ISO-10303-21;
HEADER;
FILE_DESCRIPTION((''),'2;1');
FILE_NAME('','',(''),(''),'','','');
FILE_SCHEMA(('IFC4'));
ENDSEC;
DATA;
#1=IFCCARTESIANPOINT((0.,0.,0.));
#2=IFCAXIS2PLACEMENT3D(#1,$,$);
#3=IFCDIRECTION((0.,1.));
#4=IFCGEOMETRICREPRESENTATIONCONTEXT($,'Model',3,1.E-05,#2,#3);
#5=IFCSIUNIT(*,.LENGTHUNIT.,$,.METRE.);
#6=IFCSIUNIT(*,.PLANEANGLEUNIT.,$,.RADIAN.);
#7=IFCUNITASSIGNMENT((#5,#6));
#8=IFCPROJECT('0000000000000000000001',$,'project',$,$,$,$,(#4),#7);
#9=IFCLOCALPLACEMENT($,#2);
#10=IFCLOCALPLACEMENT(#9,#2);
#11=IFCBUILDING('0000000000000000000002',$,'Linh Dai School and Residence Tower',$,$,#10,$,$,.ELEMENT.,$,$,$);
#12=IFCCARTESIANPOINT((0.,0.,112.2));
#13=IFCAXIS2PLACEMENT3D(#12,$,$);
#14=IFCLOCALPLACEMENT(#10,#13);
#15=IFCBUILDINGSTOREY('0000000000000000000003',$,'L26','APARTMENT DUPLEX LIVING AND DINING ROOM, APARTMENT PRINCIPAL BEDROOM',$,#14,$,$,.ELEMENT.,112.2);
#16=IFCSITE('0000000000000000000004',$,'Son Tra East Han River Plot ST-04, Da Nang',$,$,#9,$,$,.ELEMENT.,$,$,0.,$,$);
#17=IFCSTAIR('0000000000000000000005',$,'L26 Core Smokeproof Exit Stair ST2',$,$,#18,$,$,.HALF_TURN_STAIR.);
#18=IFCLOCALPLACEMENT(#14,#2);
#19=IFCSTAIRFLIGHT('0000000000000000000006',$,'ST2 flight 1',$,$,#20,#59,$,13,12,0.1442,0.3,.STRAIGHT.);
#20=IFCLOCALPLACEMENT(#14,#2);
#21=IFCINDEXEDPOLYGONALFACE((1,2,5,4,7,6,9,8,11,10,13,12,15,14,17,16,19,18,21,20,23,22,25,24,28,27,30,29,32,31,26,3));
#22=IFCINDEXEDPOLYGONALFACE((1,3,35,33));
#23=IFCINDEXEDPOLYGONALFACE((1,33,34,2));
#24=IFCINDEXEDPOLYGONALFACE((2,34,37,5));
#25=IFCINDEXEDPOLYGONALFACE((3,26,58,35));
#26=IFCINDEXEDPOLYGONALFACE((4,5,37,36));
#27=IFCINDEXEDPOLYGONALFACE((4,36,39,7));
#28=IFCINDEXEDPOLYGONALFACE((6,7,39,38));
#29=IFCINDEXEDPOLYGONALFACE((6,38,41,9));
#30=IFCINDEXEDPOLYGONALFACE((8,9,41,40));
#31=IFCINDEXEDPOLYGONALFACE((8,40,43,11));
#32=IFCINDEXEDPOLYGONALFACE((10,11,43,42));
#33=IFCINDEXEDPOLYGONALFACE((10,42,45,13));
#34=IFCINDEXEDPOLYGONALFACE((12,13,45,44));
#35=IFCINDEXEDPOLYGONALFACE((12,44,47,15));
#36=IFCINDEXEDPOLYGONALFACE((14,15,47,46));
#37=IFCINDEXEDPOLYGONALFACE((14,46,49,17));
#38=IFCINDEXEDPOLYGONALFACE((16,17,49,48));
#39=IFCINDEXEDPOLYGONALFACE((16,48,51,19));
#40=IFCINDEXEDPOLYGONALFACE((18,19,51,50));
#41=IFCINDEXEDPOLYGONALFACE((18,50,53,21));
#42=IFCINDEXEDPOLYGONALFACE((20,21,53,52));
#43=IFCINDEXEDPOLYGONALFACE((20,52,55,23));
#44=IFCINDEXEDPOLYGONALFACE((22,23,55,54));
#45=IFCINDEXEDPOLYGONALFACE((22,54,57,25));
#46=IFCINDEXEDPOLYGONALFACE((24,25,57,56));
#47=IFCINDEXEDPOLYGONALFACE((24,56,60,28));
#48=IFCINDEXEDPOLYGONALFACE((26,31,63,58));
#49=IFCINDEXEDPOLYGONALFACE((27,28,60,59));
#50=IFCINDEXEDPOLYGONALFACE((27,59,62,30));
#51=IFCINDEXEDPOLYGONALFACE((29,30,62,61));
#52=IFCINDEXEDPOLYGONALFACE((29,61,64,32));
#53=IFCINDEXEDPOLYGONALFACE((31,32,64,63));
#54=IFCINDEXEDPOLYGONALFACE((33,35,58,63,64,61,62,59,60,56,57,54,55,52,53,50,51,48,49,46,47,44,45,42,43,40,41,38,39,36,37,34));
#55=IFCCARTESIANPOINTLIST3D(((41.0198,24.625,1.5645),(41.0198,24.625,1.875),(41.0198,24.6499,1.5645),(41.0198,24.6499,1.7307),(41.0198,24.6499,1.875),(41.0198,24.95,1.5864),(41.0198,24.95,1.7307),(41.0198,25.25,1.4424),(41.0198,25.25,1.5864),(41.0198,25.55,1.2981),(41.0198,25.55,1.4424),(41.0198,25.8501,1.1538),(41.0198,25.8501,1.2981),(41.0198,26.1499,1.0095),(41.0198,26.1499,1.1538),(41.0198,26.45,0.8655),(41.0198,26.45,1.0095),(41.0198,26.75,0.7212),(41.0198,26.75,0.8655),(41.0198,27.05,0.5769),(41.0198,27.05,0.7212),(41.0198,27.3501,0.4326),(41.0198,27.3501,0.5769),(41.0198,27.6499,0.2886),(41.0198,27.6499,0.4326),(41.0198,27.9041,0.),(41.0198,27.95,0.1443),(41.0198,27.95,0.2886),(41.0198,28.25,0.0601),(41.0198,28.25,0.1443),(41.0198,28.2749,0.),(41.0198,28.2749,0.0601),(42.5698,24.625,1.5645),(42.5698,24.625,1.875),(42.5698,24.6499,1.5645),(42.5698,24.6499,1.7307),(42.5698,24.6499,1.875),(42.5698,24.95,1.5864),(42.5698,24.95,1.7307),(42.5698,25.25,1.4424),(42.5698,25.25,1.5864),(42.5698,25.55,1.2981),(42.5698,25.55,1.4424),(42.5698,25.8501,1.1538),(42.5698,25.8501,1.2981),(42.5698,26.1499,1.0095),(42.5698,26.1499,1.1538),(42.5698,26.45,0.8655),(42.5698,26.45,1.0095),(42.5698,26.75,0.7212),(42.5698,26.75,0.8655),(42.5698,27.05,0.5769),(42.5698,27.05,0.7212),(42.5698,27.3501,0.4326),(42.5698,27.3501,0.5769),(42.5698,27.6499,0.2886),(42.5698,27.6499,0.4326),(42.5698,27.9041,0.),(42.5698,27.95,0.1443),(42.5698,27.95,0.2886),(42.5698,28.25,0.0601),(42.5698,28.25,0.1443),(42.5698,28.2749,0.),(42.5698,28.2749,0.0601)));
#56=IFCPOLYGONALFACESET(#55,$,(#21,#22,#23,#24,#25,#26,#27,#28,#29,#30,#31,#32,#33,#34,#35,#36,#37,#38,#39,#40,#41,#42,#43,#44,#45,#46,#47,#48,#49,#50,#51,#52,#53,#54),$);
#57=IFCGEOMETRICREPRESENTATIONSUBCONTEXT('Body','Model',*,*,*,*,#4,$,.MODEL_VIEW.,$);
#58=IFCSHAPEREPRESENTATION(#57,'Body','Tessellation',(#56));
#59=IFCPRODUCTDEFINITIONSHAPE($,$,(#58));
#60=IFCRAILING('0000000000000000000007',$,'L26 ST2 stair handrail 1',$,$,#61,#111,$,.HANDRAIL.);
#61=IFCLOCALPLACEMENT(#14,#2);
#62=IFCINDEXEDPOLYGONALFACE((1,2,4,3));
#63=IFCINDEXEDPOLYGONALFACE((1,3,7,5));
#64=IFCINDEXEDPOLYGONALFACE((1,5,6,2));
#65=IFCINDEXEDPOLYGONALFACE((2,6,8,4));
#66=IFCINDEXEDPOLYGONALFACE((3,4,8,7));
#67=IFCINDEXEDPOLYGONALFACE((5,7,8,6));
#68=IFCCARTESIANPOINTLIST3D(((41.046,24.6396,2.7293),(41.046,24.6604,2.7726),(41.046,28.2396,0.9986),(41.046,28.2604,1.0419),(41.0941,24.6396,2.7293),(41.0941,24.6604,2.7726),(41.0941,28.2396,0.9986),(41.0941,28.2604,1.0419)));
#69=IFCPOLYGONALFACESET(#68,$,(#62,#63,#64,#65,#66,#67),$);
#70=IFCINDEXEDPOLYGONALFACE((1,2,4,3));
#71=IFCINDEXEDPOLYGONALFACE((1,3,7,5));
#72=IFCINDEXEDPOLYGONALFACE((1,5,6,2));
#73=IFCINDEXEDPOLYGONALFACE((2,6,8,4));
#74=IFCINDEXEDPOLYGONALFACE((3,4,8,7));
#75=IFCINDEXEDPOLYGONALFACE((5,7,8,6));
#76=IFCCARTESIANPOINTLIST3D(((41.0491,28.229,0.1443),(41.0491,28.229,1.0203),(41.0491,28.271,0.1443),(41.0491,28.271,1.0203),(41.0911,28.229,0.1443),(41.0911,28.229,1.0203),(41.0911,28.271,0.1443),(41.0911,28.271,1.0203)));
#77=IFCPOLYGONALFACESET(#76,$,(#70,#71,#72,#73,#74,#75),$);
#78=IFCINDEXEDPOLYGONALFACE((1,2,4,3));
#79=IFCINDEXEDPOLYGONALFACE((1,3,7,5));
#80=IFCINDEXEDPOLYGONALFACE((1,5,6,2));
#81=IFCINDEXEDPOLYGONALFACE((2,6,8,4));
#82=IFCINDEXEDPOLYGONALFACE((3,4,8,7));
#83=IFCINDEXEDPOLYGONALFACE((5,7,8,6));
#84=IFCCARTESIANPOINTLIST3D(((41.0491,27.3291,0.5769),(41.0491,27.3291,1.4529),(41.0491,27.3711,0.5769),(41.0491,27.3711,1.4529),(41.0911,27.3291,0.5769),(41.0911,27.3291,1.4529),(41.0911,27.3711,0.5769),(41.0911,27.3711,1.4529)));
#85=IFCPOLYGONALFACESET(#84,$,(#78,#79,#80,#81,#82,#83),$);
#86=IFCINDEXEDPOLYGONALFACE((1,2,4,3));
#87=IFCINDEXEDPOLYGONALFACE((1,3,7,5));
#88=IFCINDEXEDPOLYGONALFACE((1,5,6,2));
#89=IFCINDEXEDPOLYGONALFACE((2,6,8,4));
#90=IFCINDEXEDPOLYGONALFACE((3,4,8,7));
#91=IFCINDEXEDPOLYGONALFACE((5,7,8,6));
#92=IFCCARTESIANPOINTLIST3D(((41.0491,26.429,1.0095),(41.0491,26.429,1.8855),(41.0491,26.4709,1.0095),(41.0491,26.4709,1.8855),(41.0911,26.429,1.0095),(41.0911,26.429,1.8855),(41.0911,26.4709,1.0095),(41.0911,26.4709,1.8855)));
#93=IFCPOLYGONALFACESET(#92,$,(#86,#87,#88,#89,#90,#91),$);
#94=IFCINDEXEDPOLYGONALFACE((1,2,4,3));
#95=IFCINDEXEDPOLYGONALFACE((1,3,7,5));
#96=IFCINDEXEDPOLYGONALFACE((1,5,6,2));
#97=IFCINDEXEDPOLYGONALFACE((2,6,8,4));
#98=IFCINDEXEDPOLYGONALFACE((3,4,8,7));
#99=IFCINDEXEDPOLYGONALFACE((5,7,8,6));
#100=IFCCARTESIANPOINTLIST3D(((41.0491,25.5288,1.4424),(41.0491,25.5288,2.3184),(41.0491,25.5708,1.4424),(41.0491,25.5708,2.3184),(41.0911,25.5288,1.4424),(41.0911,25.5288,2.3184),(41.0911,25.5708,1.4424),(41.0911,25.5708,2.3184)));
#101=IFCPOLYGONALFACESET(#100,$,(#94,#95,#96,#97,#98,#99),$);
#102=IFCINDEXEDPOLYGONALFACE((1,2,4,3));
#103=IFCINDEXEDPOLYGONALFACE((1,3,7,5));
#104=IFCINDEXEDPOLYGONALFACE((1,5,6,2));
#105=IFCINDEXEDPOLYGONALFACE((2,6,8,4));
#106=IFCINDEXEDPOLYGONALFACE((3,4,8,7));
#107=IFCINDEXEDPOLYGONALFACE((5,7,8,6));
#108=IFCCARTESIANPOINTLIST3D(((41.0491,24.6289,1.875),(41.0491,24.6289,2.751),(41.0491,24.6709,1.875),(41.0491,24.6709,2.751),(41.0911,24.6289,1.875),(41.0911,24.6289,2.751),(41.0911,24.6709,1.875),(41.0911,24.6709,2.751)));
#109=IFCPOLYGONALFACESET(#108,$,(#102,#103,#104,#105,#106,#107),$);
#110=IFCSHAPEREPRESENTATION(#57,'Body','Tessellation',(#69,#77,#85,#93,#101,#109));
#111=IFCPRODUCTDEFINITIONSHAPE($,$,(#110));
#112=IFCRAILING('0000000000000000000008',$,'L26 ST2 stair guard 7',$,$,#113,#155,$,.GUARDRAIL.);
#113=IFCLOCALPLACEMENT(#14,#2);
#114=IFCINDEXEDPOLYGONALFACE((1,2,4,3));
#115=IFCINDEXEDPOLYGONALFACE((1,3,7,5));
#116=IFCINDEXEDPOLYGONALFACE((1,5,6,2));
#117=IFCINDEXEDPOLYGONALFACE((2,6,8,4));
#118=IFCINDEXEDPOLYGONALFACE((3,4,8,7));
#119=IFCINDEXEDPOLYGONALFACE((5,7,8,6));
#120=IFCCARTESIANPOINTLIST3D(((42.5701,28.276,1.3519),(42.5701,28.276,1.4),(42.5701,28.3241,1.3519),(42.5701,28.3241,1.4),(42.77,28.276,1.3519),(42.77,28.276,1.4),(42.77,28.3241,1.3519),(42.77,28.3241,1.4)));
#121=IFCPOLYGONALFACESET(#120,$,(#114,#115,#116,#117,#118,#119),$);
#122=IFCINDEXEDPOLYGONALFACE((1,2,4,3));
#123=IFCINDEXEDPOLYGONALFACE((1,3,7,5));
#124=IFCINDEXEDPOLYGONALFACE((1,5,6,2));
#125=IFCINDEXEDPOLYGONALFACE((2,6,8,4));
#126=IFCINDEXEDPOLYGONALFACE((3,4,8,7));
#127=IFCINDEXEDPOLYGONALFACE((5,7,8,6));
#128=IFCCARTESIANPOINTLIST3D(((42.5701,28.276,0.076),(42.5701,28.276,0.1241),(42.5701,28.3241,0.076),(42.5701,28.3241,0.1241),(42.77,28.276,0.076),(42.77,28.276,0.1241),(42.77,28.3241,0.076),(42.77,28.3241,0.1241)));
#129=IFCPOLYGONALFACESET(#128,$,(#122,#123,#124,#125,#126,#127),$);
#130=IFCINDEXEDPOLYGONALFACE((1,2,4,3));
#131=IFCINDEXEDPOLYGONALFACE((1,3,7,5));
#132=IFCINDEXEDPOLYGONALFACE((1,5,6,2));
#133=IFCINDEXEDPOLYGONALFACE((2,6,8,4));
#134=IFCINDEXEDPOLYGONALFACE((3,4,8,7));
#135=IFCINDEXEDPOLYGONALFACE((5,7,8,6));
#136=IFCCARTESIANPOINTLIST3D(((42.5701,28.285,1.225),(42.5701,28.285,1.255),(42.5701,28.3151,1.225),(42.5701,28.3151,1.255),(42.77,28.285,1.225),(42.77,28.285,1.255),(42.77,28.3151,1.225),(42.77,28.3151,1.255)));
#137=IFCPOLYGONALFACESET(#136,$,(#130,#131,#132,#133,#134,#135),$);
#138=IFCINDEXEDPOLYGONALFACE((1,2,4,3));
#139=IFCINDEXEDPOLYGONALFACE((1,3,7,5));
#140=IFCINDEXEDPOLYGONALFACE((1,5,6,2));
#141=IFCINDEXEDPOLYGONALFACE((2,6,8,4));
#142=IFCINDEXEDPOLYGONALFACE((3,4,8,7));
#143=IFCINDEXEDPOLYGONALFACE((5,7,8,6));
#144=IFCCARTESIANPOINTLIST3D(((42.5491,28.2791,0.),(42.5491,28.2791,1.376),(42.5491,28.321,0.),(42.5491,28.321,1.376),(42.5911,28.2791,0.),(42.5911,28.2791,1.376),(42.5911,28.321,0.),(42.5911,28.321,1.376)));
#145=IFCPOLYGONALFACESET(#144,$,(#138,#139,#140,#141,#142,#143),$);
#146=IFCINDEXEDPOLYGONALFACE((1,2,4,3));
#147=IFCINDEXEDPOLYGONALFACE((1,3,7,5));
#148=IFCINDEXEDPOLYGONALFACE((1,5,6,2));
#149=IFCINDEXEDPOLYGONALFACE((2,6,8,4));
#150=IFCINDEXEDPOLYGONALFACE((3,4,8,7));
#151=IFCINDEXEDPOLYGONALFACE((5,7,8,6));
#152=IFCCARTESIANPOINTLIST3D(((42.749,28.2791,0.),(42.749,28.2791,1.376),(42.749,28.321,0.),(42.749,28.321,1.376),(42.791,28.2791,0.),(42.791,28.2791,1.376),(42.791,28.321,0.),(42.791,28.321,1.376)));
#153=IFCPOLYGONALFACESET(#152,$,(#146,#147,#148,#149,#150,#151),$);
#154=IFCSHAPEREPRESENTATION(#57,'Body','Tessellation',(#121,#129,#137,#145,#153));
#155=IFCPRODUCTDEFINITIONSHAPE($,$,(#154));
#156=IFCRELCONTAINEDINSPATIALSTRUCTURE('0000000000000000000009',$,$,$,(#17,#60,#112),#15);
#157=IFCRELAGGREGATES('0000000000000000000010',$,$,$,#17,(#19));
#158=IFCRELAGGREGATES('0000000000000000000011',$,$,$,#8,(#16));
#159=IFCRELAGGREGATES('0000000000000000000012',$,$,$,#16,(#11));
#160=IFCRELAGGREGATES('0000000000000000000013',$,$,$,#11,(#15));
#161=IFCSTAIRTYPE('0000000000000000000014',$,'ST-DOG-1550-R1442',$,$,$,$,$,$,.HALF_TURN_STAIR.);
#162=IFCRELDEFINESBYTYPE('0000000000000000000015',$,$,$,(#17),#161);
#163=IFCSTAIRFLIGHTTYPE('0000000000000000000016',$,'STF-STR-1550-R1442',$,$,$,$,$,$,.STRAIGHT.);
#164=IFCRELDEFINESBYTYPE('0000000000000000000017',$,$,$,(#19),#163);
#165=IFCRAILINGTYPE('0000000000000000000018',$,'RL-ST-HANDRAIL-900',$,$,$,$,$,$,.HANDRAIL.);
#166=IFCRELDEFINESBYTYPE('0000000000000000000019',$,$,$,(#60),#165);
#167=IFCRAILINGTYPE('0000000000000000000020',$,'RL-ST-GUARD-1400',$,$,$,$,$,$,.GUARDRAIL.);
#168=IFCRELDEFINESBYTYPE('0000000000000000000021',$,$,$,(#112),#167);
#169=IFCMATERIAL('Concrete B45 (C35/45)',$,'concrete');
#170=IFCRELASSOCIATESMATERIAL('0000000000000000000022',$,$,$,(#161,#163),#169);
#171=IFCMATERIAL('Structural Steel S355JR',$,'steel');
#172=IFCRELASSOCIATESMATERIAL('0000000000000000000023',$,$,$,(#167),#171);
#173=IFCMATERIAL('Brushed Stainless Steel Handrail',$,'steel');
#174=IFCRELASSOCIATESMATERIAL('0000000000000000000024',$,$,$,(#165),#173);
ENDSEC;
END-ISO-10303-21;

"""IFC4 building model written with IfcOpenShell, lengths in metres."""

from ifc_helpers import new_model, si_unit, direction, frame, origin, origin_2d, place, context, subcontext, project, spatial, polyline, rectangle, outline, extrude, source, transform, mapped, material, type_object, element, aggregate, save


model = new_model("IFC4")

# Units and contexts
model_context = context("Model", 3, precision=1e-05, world=origin(), true_north=direction((0.0, 1.0)))
body_context = subcontext(model_context, "Body", "Model", "MODEL_VIEW")
ifc_project = project(units=[si_unit("LENGTHUNIT", "METRE"), si_unit("PLANEANGLEUNIT", "RADIAN")], contexts=[model_context])

# Site, building, storey
site_placement = place(None, origin())
site = spatial("IfcSite", under=ifc_project, at=site_placement, Name="Son Tra East Han River Plot ST-04, Da Nang", CompositionType="ELEMENT", RefElevation=0.0)
building_placement = place(site_placement, origin())
building = spatial("IfcBuilding", under=site, at=building_placement, Name="Linh Dai School and Residence Tower", CompositionType="ELEMENT")
storey_placement = place(building_placement, frame((0.0, 0.0, 112.2)))
storey = spatial("IfcBuildingStorey", under=building, at=storey_placement, Name="L26", Description="APARTMENT DUPLEX LIVING AND DINING ROOM, APARTMENT PRINCIPAL BEDROOM", CompositionType="ELEMENT", Elevation=112.2)

# Shared definitions
ifc_material_1 = material(Name="Structural Steel S355JR", Category="steel")

# Shared definitions
ifc_material_2 = material(Name="Concrete B45 (C35/45)", Category="concrete")

# Stair, stair flight
stair_type = type_object("IfcStairType", Name="ST-DOG-1550-R1442", PredefinedType="HALF_TURN_STAIR", material=ifc_material_2)
stair_placement = place(storey_placement, origin())
stair = element("IfcStair", 1, at=stair_placement, inside=storey, type_object=stair_type, Name="L26 Core Smokeproof Exit Stair ST2", PredefinedType="HALF_TURN_STAIR")
stair_flight_type = type_object("IfcStairFlightType", Name="STF-STR-1550-R1442", PredefinedType="STRAIGHT", material=ifc_material_2)
shared_shape_1 = source(origin(), body_context, "Body", "SweptSolid", [
    extrude(outline(polyline([(-0.0249, 0.0), (-0.0249, 0.0601), (0.0, 0.0601), (0.0, 0.1443), (0.3, 0.1443), (0.3, 0.2886), (0.6001, 0.2886), (0.6001, 0.4326), (0.8999, 0.4326), (0.8999, 0.5769), (1.2, 0.5769), (1.2, 0.7212), (1.5, 0.7212), (1.5, 0.8655), (1.8, 0.8655), (1.8, 1.0095), (2.1001, 1.0095), (2.1001, 1.1538), (2.3999, 1.1538), (2.3999, 1.2981), (2.7, 1.2981), (2.7, 1.4424), (3.0, 1.4424), (3.0, 1.5864), (3.3, 1.5864), (3.3, 1.7307), (3.6001, 1.7307), (3.6001, 1.875), (3.625, 1.875), (3.625, 1.5645), (3.6001, 1.5645), (0.3459, 0.0), (-0.0249, 0.0)])), frame((0.0, 0.7749, 0.0), z_axis=(0.0, -1.0, 0.0), x_axis=(1.0, 0.0, 0.0)), (0.0, 0.0, 1.0), 1.55),
])
stair_flight_placement = place(storey_placement, frame((41.7949, 28.25, 0.0), z_axis=(0.0, 0.0, 1.0), x_axis=(0.0, -1.0, 0.0)))
stair_flight = element("IfcStairFlight", 2, at=stair_flight_placement, type_object=stair_flight_type, Name="ST2 flight 1", NumberOfRisers=13, NumberOfTreads=12, PredefinedType="STRAIGHT", RiserHeight=0.1442, TreadLength=0.3, context=body_context, shape_type="MappedRepresentation", body=[
    mapped(shared_shape_1, transform((0.0, 0.0, 0.0), x_axis=(1.0, 0.0, 0.0), y_axis=(0.0, 1.0, 0.0), z_axis=(0.0, 0.0, 1.0), scale=1.0)),
])
aggregate(stair, [stair_flight])

# Railings
railing_type_1 = type_object("IfcRailingType", Name="RL-ST-GUARD-1400", PredefinedType="GUARDRAIL", material=ifc_material_1)
ifc_material_3 = material(Name="Brushed Stainless Steel Handrail", Category="steel")
railing_type_2 = type_object("IfcRailingType", Name="RL-ST-HANDRAIL-900", PredefinedType="HANDRAIL", material=ifc_material_3)
shared_shape_2 = source(origin(), body_context, "Body", "SweptSolid", [
    extrude(rectangle(XDim=0.0481, YDim=0.0481, at=origin_2d()), frame((0.0, 0.0, 0.876), z_axis=(0.0, -0.901263, 0.433273), x_axis=(1.0, 0.0, 0.0)), (0.0, 0.0, 1.0), 3.9944),
    extrude(rectangle(XDim=0.042, YDim=0.042, at=origin_2d()), origin(), (0.0, 0.0, 1.0), 0.876),
    extrude(rectangle(XDim=0.042, YDim=0.042, at=origin_2d()), frame((0.0, -0.8999, 0.4326)), (0.0, 0.0, 1.0), 0.876),
    extrude(rectangle(XDim=0.042, YDim=0.042, at=origin_2d()), frame((0.0, -1.8, 0.8652)), (0.0, 0.0, 1.0), 0.876),
    extrude(rectangle(XDim=0.042, YDim=0.042, at=origin_2d()), frame((0.0, -2.7002, 1.2981)), (0.0, 0.0, 1.0), 0.876),
    extrude(rectangle(XDim=0.042, YDim=0.042, at=origin_2d()), frame((0.0, -3.6001, 1.7307)), (0.0, 0.0, 1.0), 0.876),
])
railing_1_placement = place(storey_placement, frame((41.0701, 28.25, 0.1443)))
element("IfcRailing", 3, at=railing_1_placement, inside=storey, type_object=railing_type_2, Name="L26 ST2 stair handrail 1", PredefinedType="HANDRAIL", context=body_context, shape_type="MappedRepresentation", body=[
    mapped(shared_shape_2, transform((0.0, 0.0, 0.0), x_axis=(1.0, 0.0, 0.0), y_axis=(0.0, 1.0, 0.0), z_axis=(0.0, 0.0, 1.0), scale=1.0)),
])
shared_shape_3 = source(origin(), body_context, "Body", "SweptSolid", [
    extrude(rectangle(XDim=0.0481, YDim=0.0481, at=origin_2d()), frame((0.0, 0.0, 1.376), z_axis=(1.0, 0.0, 0.0), x_axis=(0.0, 1.0, 0.0)), (0.0, 0.0, 1.0), 0.2),
    extrude(rectangle(XDim=0.0481, YDim=0.0481, at=origin_2d()), frame((0.0, 0.0, 0.1001), z_axis=(1.0, 0.0, 0.0), x_axis=(0.0, 1.0, 0.0)), (0.0, 0.0, 1.0), 0.2),
    extrude(rectangle(XDim=0.03, YDim=0.03, at=origin_2d()), frame((0.0, 0.0, 1.24), z_axis=(1.0, 0.0, 0.0), x_axis=(0.0, 1.0, 0.0)), (0.0, 0.0, 1.0), 0.2),
    extrude(rectangle(XDim=0.042, YDim=0.042, at=origin_2d()), origin(), (0.0, 0.0, 1.0), 1.376),
    extrude(rectangle(XDim=0.042, YDim=0.042, at=origin_2d()), frame((0.2, 0.0, 0.0)), (0.0, 0.0, 1.0), 1.376),
])
railing_2_placement = place(storey_placement, frame((42.5701, 28.3, 0.0)))
element("IfcRailing", 4, at=railing_2_placement, inside=storey, type_object=railing_type_1, Name="L26 ST2 stair guard 7", PredefinedType="GUARDRAIL", context=body_context, shape_type="MappedRepresentation", body=[
    mapped(shared_shape_3, transform((0.0, 0.0, 0.0), x_axis=(1.0, 0.0, 0.0), y_axis=(0.0, 1.0, 0.0), z_axis=(0.0, 0.0, 1.0), scale=1.0)),
])

save(model, "model.ifc")
